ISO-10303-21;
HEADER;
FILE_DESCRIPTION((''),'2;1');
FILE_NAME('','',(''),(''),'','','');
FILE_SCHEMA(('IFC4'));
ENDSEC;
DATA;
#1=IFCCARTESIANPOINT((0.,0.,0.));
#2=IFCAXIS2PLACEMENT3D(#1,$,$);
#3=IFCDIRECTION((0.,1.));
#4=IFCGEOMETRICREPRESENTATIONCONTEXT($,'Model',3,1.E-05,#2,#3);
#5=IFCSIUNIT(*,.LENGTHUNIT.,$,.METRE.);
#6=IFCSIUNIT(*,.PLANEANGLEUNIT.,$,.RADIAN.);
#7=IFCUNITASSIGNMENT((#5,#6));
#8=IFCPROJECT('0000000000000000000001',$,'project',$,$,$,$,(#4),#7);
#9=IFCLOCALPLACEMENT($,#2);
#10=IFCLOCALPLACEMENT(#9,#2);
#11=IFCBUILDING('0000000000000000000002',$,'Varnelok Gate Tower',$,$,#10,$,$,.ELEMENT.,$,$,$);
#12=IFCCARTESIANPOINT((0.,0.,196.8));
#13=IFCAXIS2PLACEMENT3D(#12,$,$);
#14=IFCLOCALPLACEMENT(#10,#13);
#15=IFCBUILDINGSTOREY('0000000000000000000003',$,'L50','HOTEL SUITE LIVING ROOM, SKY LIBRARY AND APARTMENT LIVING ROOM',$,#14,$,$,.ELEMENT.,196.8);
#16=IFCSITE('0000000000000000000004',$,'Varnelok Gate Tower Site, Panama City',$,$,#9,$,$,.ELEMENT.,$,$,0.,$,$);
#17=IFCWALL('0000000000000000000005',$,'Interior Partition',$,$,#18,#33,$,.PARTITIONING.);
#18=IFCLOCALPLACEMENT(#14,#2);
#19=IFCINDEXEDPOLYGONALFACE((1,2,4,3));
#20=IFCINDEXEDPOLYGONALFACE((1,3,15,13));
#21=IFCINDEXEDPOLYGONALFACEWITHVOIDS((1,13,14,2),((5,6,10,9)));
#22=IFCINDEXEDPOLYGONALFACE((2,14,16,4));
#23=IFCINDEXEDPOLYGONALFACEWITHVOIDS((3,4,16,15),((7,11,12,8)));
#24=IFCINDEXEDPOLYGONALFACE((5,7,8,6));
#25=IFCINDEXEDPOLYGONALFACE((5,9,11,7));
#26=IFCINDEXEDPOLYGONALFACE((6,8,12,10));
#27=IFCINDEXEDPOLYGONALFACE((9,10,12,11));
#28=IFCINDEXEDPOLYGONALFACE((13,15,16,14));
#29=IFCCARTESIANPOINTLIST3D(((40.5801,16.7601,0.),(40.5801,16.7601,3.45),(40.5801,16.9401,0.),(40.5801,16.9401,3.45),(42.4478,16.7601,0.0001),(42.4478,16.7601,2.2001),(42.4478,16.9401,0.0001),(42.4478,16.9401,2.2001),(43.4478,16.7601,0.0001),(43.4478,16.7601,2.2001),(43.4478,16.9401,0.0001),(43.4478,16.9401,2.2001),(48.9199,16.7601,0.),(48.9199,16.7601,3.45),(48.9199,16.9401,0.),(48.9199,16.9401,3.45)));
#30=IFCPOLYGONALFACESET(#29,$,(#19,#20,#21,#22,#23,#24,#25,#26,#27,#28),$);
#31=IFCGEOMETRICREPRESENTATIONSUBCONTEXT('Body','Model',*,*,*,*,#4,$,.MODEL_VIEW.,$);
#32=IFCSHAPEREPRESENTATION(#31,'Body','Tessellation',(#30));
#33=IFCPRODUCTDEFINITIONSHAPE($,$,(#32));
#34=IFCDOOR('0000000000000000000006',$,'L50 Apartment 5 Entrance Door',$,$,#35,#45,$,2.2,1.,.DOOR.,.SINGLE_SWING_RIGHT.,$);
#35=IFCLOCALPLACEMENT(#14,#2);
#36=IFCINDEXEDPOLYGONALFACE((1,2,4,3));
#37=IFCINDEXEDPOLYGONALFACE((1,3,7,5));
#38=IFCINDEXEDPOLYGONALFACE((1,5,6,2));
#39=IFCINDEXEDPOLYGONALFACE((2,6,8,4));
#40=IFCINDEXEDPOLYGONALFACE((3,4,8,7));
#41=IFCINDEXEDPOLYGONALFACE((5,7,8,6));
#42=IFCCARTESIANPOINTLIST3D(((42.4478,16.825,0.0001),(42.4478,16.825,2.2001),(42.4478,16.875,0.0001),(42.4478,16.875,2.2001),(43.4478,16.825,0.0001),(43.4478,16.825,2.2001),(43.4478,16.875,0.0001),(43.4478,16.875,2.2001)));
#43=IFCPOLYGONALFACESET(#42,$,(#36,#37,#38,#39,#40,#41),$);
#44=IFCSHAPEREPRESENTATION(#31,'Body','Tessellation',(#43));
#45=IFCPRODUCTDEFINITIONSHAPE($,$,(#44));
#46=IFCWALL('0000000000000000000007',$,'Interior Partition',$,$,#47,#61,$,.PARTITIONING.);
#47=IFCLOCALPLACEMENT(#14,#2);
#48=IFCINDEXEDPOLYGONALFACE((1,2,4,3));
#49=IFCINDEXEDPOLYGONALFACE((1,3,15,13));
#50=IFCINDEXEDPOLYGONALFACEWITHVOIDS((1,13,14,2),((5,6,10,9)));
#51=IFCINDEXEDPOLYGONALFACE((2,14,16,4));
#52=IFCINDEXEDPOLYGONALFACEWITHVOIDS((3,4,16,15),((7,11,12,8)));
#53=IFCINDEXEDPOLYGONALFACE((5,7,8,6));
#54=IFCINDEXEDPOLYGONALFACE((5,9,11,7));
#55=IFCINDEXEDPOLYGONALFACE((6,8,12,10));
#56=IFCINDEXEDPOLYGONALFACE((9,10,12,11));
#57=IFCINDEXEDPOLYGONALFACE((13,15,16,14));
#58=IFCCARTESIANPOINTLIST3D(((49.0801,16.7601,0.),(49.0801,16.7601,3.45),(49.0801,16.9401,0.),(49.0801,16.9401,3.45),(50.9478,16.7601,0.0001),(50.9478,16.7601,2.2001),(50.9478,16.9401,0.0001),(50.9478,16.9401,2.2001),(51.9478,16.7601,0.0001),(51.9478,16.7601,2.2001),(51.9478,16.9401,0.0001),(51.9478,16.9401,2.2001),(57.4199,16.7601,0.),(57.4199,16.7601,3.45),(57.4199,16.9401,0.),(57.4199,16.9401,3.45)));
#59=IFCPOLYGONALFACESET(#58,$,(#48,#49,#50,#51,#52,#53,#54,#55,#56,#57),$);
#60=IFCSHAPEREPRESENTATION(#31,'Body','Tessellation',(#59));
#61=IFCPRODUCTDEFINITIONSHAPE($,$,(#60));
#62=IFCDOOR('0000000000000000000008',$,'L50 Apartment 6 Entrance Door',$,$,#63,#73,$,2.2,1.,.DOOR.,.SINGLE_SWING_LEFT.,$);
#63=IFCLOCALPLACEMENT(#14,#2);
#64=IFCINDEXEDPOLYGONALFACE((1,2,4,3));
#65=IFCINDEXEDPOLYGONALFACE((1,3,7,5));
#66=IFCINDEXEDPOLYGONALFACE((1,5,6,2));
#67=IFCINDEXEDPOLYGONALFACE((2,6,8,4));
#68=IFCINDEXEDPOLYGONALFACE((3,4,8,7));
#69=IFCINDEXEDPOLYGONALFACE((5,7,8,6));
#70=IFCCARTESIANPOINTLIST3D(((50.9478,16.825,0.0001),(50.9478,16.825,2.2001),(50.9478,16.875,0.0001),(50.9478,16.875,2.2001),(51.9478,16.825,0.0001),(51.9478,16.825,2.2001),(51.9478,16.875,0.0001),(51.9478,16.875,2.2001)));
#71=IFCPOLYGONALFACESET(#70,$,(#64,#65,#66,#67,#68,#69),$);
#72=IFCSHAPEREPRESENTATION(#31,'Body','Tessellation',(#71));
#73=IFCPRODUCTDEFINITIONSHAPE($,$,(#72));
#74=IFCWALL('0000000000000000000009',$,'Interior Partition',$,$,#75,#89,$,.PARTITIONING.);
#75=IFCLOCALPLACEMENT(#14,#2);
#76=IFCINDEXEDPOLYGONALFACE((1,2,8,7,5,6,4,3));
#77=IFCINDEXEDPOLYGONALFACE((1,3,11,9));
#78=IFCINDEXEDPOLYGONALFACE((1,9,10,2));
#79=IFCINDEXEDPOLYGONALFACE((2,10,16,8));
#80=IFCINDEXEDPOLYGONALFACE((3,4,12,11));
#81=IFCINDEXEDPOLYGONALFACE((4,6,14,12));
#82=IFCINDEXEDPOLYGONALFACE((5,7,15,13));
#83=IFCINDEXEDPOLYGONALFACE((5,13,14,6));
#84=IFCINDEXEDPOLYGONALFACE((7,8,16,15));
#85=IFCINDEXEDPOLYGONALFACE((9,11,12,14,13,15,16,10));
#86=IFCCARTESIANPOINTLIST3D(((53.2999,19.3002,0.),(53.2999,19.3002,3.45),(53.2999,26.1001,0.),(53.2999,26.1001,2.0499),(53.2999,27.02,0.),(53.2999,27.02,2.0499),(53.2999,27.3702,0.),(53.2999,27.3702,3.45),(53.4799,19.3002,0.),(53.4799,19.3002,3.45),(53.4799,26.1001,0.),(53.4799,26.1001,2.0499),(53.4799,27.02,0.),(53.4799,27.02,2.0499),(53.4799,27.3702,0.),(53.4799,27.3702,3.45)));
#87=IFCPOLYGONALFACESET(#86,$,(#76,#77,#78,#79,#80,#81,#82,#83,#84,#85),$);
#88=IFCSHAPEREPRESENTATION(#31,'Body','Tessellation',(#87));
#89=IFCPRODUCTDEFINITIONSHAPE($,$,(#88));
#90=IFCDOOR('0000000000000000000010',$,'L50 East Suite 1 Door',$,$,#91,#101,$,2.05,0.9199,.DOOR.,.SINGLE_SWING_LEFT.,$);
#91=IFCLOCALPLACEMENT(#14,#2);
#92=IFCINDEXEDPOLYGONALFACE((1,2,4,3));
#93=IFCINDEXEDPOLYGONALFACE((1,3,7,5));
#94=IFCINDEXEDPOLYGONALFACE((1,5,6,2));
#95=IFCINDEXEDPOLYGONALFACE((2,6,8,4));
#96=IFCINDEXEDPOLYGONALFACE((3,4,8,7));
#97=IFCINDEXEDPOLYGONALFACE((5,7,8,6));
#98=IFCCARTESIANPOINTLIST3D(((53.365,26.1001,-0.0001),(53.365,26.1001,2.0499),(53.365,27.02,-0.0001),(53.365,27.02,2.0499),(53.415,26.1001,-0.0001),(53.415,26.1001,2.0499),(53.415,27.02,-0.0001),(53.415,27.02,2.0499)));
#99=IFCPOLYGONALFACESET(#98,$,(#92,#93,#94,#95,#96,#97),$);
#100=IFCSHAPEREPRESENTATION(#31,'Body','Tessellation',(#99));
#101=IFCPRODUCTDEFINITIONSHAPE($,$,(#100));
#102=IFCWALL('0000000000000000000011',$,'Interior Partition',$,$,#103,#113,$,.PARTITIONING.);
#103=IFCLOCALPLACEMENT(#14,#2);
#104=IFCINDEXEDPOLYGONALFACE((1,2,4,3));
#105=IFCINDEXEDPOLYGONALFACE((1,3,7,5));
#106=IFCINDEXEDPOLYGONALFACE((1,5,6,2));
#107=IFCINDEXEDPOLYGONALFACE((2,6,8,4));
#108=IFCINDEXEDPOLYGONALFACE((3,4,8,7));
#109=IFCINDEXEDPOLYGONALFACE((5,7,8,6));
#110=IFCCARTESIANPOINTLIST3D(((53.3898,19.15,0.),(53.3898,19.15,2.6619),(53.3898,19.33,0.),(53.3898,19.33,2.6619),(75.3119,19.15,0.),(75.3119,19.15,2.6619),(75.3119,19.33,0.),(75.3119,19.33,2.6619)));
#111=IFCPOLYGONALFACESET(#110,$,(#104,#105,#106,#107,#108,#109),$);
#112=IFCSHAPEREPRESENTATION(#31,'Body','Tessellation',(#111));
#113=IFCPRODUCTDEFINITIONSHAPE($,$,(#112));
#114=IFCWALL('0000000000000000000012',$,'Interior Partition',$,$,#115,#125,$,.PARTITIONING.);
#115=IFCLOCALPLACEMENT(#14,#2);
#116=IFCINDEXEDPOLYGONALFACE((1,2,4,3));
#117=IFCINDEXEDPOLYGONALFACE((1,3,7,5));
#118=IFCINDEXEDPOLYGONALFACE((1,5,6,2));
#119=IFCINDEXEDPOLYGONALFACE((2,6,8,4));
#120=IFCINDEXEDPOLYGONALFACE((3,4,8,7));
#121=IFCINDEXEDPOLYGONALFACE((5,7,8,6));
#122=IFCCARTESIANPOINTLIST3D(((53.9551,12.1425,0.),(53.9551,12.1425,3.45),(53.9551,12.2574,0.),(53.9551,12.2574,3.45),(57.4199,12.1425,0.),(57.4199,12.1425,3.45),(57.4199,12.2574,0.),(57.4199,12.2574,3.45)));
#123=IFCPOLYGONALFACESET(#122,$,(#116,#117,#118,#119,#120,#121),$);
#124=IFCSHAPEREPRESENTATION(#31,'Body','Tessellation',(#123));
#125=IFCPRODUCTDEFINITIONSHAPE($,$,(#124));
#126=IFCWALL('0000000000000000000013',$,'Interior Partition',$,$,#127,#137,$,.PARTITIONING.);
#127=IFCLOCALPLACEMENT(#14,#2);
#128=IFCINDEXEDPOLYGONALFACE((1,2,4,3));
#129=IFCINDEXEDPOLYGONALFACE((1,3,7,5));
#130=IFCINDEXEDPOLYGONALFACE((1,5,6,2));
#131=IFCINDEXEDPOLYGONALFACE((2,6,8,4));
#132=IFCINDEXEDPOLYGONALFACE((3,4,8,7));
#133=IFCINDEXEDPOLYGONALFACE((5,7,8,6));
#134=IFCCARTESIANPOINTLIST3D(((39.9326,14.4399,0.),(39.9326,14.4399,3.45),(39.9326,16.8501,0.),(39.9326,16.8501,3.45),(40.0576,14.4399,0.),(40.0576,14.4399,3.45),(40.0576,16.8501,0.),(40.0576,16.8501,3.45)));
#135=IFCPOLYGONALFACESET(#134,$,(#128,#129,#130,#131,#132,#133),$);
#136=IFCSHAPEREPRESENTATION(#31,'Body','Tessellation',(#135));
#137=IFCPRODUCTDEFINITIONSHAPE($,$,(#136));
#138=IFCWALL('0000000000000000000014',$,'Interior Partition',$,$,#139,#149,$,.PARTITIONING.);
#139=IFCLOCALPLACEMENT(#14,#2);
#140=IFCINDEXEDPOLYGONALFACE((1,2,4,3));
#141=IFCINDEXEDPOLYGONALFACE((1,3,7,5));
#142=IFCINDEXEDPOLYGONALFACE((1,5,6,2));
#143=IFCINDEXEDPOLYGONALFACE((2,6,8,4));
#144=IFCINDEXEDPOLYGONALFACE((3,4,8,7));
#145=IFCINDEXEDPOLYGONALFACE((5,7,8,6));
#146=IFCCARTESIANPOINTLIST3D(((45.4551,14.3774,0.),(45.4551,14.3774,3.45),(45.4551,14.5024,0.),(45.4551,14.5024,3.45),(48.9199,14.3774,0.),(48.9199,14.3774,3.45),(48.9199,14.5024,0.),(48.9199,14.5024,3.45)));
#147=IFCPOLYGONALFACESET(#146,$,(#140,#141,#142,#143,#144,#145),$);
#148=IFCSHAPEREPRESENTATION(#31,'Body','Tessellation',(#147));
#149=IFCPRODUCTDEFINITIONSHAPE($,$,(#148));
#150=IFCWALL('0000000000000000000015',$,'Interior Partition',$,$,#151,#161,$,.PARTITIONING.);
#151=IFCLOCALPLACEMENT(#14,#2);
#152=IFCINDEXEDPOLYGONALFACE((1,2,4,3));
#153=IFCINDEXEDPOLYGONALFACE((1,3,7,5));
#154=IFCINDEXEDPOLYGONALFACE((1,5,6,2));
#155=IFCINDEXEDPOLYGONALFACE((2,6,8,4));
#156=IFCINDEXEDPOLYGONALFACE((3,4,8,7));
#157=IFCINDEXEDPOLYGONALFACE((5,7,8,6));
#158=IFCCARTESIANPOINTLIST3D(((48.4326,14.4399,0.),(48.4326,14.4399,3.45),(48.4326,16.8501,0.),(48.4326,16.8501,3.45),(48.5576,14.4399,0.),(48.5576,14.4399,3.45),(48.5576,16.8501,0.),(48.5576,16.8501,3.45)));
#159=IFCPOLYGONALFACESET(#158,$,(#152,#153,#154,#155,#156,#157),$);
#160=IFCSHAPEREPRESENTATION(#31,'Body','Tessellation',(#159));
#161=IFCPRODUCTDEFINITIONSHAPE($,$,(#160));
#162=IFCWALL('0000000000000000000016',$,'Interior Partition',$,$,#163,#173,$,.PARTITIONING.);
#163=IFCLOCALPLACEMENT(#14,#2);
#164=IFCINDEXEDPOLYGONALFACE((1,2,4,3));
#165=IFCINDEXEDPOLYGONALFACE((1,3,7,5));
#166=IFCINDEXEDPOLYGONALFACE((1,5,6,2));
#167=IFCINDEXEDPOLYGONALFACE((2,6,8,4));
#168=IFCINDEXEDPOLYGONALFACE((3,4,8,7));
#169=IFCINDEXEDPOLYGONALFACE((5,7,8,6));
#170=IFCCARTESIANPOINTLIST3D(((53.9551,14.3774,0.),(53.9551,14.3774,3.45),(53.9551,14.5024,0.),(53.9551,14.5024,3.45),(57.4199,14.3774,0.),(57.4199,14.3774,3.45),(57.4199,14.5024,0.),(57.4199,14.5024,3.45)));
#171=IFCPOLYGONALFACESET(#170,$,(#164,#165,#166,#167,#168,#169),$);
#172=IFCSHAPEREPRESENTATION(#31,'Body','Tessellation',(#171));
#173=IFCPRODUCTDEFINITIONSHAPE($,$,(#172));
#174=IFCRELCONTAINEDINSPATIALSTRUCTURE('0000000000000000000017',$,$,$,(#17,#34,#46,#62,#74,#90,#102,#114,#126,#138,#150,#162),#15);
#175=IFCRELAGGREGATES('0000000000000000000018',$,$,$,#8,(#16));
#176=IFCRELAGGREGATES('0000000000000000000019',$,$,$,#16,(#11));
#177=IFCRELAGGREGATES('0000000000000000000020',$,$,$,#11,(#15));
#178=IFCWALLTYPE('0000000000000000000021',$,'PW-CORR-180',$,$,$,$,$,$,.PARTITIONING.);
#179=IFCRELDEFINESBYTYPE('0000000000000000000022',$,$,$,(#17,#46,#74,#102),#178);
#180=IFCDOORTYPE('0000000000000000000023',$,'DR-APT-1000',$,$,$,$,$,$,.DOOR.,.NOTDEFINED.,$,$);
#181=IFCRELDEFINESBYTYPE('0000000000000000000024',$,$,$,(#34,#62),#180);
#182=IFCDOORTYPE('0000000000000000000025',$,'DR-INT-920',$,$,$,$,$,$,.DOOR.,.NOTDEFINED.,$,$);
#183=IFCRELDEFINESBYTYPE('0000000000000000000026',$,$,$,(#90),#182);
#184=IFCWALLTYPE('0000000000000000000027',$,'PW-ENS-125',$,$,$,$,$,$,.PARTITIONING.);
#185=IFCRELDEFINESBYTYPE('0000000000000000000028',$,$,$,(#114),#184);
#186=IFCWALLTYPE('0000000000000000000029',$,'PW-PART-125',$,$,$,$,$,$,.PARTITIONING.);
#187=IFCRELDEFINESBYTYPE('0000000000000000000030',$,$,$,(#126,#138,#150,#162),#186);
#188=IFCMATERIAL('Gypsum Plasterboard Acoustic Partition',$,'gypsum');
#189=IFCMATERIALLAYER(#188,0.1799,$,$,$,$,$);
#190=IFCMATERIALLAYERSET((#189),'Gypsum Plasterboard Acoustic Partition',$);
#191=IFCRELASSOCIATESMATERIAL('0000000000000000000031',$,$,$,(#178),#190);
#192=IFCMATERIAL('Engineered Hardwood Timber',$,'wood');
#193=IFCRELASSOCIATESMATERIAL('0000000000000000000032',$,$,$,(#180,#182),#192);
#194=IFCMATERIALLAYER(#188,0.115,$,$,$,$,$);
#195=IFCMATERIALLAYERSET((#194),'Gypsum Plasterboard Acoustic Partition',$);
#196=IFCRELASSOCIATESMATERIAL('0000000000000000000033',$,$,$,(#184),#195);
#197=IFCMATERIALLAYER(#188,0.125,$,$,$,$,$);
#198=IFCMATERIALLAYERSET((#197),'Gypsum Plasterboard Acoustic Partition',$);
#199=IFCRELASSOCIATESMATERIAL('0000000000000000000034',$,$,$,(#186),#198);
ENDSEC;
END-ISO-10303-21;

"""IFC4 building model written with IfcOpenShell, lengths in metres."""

from ifc_helpers import new_model, si_unit, direction, frame, frame_2d, origin, place, context, subcontext, project, spatial, rectangle, extrude, material, layer, layer_set, type_object, element, fill, save


model = new_model("IFC4")

# Units and contexts
model_context = context("Model", 3, precision=1e-05, world=origin(), true_north=direction((0.0, 1.0)))
body_context = subcontext(model_context, "Body", "Model", "MODEL_VIEW")
ifc_project = project(units=[si_unit("LENGTHUNIT", "METRE"), si_unit("PLANEANGLEUNIT", "RADIAN")], contexts=[model_context])

# Site, building, storey
site_placement = place(None, origin())
site = spatial("IfcSite", under=ifc_project, at=site_placement, Name="Varnelok Gate Tower Site, Panama City", CompositionType="ELEMENT", RefElevation=0.0)
building_placement = place(site_placement, origin())
building = spatial("IfcBuilding", under=site, at=building_placement, Name="Varnelok Gate Tower", CompositionType="ELEMENT")
storey_placement = place(building_placement, frame((0.0, 0.0, 196.8)))
storey = spatial("IfcBuildingStorey", under=building, at=storey_placement, Name="L50", Description="HOTEL SUITE LIVING ROOM, SKY LIBRARY AND APARTMENT LIVING ROOM", CompositionType="ELEMENT", Elevation=196.8)

# Walls, openings, doors
ifc_material_1 = material(Name="Gypsum Plasterboard Acoustic Partition", Category="gypsum")
ifc_layer_1 = layer(ifc_material_1, 0.1799)
ifc_layer_set_1 = layer_set([ifc_layer_1], Name="Gypsum Plasterboard Acoustic Partition")
wall_type_1 = type_object("IfcWallType", Name="PW-CORR-180", PredefinedType="PARTITIONING", material=ifc_layer_set_1)
wall_1_placement = place(storey_placement, frame((40.5801, 16.8501, 0.0), z_axis=(0.0, 0.0, 1.0), x_axis=(1.0, 0.0, 0.0)))
wall_1 = element("IfcWall", 1, at=wall_1_placement, inside=storey, type_object=wall_type_1, Name="Interior Partition", PredefinedType="PARTITIONING", context=body_context, shape_type="SweptSolid", body=[
    extrude(rectangle(XDim=8.3398, YDim=0.1799, at=frame_2d((4.1699, 0.0))), origin(), (0.0, 0.0, 1.0), 3.45),
])
opening_1_placement = place(wall_1_placement, frame((1.8677, 0.0, 0.0)))
opening_1 = element("IfcOpeningElement", 2, at=opening_1_placement, cuts=wall_1, PredefinedType="OPENING", context=body_context, shape_type="SweptSolid", body=[
    extrude(rectangle(XDim=1.0, YDim=2.2, at=frame_2d((0.5, 1.1001))), frame((0.0, 0.0999, 0.0), z_axis=(0.0, -1.0, 0.0), x_axis=(1.0, 0.0, 0.0)), (0.0, 0.0, 1.0), 0.2),
])
ifc_material_2 = material(Name="Engineered Hardwood Timber", Category="wood")
door_type_1 = type_object("IfcDoorType", Name="DR-APT-1000", OperationType="NOTDEFINED", PredefinedType="DOOR", material=ifc_material_2)
door_1_placement = place(opening_1_placement, origin())
door_1 = element("IfcDoor", 3, at=door_1_placement, inside=storey, type_object=door_type_1, Name="L50 Apartment 5 Entrance Door", OperationType="SINGLE_SWING_RIGHT", OverallHeight=2.2, OverallWidth=1.0, PredefinedType="DOOR", context=body_context, shape_type="SweptSolid", body=[
    extrude(rectangle(XDim=1.0, YDim=2.2, at=frame_2d((0.5, 1.1001))), frame((0.0, 0.0249, 0.0), z_axis=(0.0, -1.0, 0.0), x_axis=(1.0, 0.0, 0.0)), (0.0, 0.0, 1.0), 0.05),
])
fill(opening_1, door_1)
wall_2_placement = place(storey_placement, frame((49.0801, 16.8501, 0.0), z_axis=(0.0, 0.0, 1.0), x_axis=(1.0, 0.0, 0.0)))
wall_2 = element("IfcWall", 4, at=wall_2_placement, inside=storey, type_object=wall_type_1, Name="Interior Partition", PredefinedType="PARTITIONING", context=body_context, shape_type="SweptSolid", body=[
    extrude(rectangle(XDim=8.3398, YDim=0.1799, at=frame_2d((4.1699, 0.0))), origin(), (0.0, 0.0, 1.0), 3.45),
])
opening_2_placement = place(wall_2_placement, frame((1.8677, 0.0, 0.0)))
opening_2 = element("IfcOpeningElement", 5, at=opening_2_placement, cuts=wall_2, PredefinedType="OPENING", context=body_context, shape_type="SweptSolid", body=[
    extrude(rectangle(XDim=1.0, YDim=2.2, at=frame_2d((0.5, 1.1001))), frame((0.0, 0.0999, 0.0), z_axis=(0.0, -1.0, 0.0), x_axis=(1.0, 0.0, 0.0)), (0.0, 0.0, 1.0), 0.2),
])
door_2_placement = place(opening_2_placement, origin())
door_2 = element("IfcDoor", 6, at=door_2_placement, inside=storey, type_object=door_type_1, Name="L50 Apartment 6 Entrance Door", OperationType="SINGLE_SWING_LEFT", OverallHeight=2.2, OverallWidth=1.0, PredefinedType="DOOR", context=body_context, shape_type="SweptSolid", body=[
    extrude(rectangle(XDim=1.0, YDim=2.2, at=frame_2d((0.5, 1.1001))), frame((0.0, 0.0249, 0.0), z_axis=(0.0, -1.0, 0.0), x_axis=(1.0, 0.0, 0.0)), (0.0, 0.0, 1.0), 0.05),
])
fill(opening_2, door_2)
wall_3_placement = place(storey_placement, frame((53.3899, 19.3, 0.0), z_axis=(0.0, 0.0, 1.0), x_axis=(0.0, 1.0, 0.0)))
wall_3 = element("IfcWall", 7, at=wall_3_placement, inside=storey, type_object=wall_type_1, Name="Interior Partition", PredefinedType="PARTITIONING", context=body_context, shape_type="SweptSolid", body=[
    extrude(rectangle(XDim=8.0701, YDim=0.1799, at=frame_2d((4.0352, 0.0))), origin(), (0.0, 0.0, 1.0), 3.45),
])
opening_3_placement = place(wall_3_placement, frame((6.8, 0.0, 0.0)))
opening_3 = element("IfcOpeningElement", 8, at=opening_3_placement, cuts=wall_3, PredefinedType="OPENING", context=body_context, shape_type="SweptSolid", body=[
    extrude(rectangle(XDim=0.9199, YDim=2.05, at=frame_2d((0.46, 1.0249))), frame((0.0, 0.0999, 0.0), z_axis=(0.0, -1.0, 0.0), x_axis=(1.0, 0.0, 0.0)), (0.0, 0.0, 1.0), 0.2),
])
door_type_2 = type_object("IfcDoorType", Name="DR-INT-920", OperationType="NOTDEFINED", PredefinedType="DOOR", material=ifc_material_2)
door_3_placement = place(opening_3_placement, origin())
door_3 = element("IfcDoor", 9, at=door_3_placement, inside=storey, type_object=door_type_2, Name="L50 East Suite 1 Door", OperationType="SINGLE_SWING_LEFT", OverallHeight=2.05, OverallWidth=0.9199, PredefinedType="DOOR", context=body_context, shape_type="SweptSolid", body=[
    extrude(rectangle(XDim=0.9199, YDim=2.05, at=frame_2d((0.46, 1.0249))), frame((0.0, 0.0249, 0.0), z_axis=(0.0, -1.0, 0.0), x_axis=(1.0, 0.0, 0.0)), (0.0, 0.0, 1.0), 0.05),
])
fill(opening_3, door_3)

# Walls
wall_4_placement = place(storey_placement, frame((53.3899, 19.24, 0.0), z_axis=(0.0, 0.0, 1.0), x_axis=(1.0, 0.0, 0.0)))
element("IfcWall", 10, at=wall_4_placement, inside=storey, type_object=wall_type_1, Name="Interior Partition", PredefinedType="PARTITIONING", context=body_context, shape_type="SweptSolid", body=[
    extrude(rectangle(XDim=21.9221, YDim=0.1799, at=frame_2d((10.9609, 0.0))), origin(), (0.0, 0.0, 1.0), 2.6619),
])
ifc_layer_2 = layer(ifc_material_1, 0.115)
ifc_layer_set_2 = layer_set([ifc_layer_2], Name="Gypsum Plasterboard Acoustic Partition")
wall_type_2 = type_object("IfcWallType", Name="PW-ENS-125", PredefinedType="PARTITIONING", material=ifc_layer_set_2)
wall_5_placement = place(storey_placement, frame((53.9551, 12.2, 0.0), z_axis=(0.0, 0.0, 1.0), x_axis=(1.0, 0.0, 0.0)))
element("IfcWall", 11, at=wall_5_placement, inside=storey, type_object=wall_type_2, Name="Interior Partition", PredefinedType="PARTITIONING", context=body_context, shape_type="SweptSolid", body=[
    extrude(rectangle(XDim=3.4648, YDim=0.115, at=frame_2d((1.7324, 0.0))), origin(), (0.0, 0.0, 1.0), 3.45),
])
ifc_layer_3 = layer(ifc_material_1, 0.125)
ifc_layer_set_3 = layer_set([ifc_layer_3], Name="Gypsum Plasterboard Acoustic Partition")
wall_type_3 = type_object("IfcWallType", Name="PW-PART-125", PredefinedType="PARTITIONING", material=ifc_layer_set_3)
wall_6_placement = place(storey_placement, frame((39.9951, 14.4399, 0.0), z_axis=(0.0, 0.0, 1.0), x_axis=(0.0, 1.0, 0.0)))
element("IfcWall", 12, at=wall_6_placement, inside=storey, type_object=wall_type_3, Name="Interior Partition", PredefinedType="PARTITIONING", context=body_context, shape_type="SweptSolid", body=[
    extrude(rectangle(XDim=2.4102, YDim=0.125, at=frame_2d((1.2051, 0.0))), origin(), (0.0, 0.0, 1.0), 3.45),
])
wall_7_placement = place(storey_placement, frame((45.4551, 14.4399, 0.0), z_axis=(0.0, 0.0, 1.0), x_axis=(1.0, 0.0, 0.0)))
element("IfcWall", 13, at=wall_7_placement, inside=storey, type_object=wall_type_3, Name="Interior Partition", PredefinedType="PARTITIONING", context=body_context, shape_type="SweptSolid", body=[
    extrude(rectangle(XDim=3.4648, YDim=0.125, at=frame_2d((1.7324, 0.0))), origin(), (0.0, 0.0, 1.0), 3.45),
])
wall_8_placement = place(storey_placement, frame((48.4951, 14.4399, 0.0), z_axis=(0.0, 0.0, 1.0), x_axis=(0.0, 1.0, 0.0)))
element("IfcWall", 14, at=wall_8_placement, inside=storey, type_object=wall_type_3, Name="Interior Partition", PredefinedType="PARTITIONING", context=body_context, shape_type="SweptSolid", body=[
    extrude(rectangle(XDim=2.4102, YDim=0.125, at=frame_2d((1.2051, 0.0))), origin(), (0.0, 0.0, 1.0), 3.45),
])
wall_9_placement = place(storey_placement, frame((53.9551, 14.4399, 0.0), z_axis=(0.0, 0.0, 1.0), x_axis=(1.0, 0.0, 0.0)))
element("IfcWall", 15, at=wall_9_placement, inside=storey, type_object=wall_type_3, Name="Interior Partition", PredefinedType="PARTITIONING", context=body_context, shape_type="SweptSolid", body=[
    extrude(rectangle(XDim=3.4648, YDim=0.125, at=frame_2d((1.7324, 0.0))), origin(), (0.0, 0.0, 1.0), 3.45),
])

save(model, "model.ifc")
